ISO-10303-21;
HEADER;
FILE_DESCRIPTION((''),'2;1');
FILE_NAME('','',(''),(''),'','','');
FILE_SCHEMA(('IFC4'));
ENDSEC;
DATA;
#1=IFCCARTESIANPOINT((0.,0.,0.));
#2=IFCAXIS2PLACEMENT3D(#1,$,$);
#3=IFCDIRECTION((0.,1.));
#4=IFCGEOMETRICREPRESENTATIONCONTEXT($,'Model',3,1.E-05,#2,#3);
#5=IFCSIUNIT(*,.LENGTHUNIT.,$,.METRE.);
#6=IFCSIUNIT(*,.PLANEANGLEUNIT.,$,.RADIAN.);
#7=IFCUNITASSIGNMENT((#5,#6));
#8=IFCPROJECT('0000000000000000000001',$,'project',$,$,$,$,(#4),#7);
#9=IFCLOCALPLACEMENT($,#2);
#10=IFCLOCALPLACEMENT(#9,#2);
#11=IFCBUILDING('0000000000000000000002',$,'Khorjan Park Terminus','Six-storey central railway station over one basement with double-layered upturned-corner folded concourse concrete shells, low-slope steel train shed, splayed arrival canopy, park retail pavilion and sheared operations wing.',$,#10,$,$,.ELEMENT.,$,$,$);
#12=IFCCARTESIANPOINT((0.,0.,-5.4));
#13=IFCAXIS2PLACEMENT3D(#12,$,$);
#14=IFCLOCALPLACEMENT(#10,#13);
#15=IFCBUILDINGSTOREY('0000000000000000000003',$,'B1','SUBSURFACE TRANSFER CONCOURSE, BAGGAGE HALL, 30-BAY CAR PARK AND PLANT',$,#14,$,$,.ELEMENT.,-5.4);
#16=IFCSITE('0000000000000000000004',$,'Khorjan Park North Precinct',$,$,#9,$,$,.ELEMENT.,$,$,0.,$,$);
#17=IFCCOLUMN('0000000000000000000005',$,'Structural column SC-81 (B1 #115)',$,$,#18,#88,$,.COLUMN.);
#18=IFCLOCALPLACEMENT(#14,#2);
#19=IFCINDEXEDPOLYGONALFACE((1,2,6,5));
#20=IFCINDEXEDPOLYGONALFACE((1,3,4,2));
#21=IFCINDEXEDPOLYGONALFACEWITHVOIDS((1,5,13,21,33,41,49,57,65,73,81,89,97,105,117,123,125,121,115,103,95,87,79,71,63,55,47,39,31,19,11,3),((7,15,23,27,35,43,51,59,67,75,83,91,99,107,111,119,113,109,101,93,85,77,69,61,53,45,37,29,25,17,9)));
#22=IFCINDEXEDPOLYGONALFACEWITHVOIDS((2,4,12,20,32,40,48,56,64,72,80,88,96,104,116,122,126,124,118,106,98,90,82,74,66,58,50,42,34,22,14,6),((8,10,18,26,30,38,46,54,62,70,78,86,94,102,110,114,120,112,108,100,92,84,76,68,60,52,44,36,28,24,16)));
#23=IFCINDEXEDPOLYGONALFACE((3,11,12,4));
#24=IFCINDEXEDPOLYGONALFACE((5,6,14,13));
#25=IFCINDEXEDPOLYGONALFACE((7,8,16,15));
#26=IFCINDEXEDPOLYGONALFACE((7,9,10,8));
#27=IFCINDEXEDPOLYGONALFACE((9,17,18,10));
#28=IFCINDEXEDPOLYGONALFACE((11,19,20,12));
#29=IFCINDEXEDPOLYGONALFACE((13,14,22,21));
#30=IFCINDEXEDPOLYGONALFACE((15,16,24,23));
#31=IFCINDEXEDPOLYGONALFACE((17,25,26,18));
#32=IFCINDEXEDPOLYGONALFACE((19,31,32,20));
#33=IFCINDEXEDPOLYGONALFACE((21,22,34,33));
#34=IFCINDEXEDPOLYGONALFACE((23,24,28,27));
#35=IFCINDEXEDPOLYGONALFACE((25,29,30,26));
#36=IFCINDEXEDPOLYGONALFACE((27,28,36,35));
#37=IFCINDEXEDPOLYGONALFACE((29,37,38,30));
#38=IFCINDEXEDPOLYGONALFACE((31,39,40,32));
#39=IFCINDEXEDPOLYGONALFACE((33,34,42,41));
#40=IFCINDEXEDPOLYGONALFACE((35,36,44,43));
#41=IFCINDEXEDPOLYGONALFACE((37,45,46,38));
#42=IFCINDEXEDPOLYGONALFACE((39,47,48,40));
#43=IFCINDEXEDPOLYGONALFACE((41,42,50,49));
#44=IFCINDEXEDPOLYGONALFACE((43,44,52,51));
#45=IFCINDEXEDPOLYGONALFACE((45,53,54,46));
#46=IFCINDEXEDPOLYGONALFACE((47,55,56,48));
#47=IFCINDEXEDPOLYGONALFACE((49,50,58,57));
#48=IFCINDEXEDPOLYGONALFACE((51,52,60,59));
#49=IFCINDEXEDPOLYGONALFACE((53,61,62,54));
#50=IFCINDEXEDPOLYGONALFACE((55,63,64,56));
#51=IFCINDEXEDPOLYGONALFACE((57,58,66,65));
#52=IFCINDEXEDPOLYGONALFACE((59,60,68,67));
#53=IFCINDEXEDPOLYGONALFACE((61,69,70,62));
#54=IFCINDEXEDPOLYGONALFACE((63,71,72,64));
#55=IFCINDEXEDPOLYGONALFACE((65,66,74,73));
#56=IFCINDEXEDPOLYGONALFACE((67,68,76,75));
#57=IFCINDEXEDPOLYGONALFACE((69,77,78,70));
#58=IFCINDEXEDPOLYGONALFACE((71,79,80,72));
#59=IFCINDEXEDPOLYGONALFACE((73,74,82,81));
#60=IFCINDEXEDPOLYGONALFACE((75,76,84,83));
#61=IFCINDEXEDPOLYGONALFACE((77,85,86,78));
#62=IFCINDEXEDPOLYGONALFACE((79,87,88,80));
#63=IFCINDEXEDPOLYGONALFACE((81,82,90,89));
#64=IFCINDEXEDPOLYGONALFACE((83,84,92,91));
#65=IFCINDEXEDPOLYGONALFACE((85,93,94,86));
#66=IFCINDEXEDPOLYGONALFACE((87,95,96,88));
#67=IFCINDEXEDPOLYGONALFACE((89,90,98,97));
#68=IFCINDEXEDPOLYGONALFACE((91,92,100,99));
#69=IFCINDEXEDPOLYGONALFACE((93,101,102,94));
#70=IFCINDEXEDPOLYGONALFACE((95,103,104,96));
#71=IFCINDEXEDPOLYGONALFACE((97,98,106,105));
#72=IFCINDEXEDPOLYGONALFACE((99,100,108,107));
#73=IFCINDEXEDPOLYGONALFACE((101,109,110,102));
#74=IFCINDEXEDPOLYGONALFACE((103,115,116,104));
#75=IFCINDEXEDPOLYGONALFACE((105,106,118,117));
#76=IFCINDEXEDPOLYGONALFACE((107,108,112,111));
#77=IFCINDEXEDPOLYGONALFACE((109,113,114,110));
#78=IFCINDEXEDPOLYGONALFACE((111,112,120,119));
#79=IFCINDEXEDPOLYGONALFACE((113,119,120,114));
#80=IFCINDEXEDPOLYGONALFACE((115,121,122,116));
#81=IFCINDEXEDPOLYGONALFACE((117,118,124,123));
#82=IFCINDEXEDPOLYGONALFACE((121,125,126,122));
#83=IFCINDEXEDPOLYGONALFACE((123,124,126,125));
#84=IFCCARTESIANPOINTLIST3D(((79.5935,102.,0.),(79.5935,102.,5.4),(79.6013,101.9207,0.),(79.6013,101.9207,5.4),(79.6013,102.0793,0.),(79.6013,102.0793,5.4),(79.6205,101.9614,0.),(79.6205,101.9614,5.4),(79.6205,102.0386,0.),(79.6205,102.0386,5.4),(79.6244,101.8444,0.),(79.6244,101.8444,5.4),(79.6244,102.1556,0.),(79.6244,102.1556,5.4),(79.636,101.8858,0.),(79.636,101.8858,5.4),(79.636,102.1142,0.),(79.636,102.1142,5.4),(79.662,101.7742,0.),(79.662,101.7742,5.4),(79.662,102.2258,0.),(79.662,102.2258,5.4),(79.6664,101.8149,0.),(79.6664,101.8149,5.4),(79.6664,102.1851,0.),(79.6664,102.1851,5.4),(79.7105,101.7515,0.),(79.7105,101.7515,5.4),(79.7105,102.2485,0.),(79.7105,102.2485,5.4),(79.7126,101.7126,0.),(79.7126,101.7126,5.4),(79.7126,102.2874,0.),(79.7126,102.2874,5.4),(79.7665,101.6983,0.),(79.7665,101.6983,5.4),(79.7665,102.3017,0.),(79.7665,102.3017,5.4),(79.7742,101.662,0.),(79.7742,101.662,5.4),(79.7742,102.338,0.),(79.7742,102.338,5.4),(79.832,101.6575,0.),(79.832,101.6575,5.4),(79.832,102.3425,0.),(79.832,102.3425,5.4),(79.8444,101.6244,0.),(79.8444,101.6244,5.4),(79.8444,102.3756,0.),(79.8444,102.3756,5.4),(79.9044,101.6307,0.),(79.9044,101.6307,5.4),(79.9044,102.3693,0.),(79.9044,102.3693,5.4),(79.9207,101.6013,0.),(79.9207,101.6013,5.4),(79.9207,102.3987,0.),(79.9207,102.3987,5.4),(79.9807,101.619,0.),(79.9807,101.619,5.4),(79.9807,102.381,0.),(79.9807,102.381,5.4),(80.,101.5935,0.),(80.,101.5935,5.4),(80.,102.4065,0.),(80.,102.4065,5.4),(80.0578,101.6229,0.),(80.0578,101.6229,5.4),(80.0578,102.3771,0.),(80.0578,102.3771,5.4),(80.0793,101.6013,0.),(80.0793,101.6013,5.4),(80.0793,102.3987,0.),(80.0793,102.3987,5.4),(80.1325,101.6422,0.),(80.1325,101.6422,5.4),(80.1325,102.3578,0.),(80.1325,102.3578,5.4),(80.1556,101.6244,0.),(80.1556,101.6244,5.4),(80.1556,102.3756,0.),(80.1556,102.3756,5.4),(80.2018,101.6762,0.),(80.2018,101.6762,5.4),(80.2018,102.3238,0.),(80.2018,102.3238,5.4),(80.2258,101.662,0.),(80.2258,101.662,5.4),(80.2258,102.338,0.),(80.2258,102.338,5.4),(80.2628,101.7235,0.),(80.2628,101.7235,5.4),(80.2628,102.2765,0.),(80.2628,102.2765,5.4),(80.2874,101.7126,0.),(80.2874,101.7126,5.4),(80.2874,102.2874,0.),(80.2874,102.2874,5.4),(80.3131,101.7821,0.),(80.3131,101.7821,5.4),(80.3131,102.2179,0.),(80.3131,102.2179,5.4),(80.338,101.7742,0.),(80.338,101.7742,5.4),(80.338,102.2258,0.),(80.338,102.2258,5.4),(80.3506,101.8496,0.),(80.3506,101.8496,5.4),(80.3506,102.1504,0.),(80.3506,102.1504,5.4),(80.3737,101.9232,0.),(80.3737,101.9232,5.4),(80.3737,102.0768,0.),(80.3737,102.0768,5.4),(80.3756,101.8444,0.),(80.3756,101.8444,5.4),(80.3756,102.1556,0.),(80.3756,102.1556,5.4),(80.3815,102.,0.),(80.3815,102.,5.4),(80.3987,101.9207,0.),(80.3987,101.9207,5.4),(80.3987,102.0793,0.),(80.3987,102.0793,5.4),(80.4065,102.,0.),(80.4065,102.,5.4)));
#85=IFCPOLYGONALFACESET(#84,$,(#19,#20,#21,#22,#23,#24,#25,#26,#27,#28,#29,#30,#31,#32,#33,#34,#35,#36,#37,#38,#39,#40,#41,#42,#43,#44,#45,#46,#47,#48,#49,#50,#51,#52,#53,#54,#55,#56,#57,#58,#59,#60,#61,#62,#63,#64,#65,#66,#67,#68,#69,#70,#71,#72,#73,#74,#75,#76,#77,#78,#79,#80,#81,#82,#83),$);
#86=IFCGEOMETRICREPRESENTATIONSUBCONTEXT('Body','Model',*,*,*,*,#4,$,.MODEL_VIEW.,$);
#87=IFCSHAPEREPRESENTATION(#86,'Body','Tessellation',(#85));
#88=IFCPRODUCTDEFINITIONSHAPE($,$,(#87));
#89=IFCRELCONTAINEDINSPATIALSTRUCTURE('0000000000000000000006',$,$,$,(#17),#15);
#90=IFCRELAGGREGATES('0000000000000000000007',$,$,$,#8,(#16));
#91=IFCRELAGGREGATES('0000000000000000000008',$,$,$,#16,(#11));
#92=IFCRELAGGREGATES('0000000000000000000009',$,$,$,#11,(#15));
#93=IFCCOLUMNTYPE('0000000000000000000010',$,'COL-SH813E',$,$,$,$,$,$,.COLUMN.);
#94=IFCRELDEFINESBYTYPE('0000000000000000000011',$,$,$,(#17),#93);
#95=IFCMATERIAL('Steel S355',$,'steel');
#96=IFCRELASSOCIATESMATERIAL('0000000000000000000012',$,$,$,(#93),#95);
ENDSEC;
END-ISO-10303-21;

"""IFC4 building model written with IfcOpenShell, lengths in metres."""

from ifc_helpers import new_model, si_unit, direction, frame, origin, origin_2d, place, context, subcontext, project, spatial, hollow_circle, extrude, material, material_profile, profile_set, type_object, element, save


model = new_model("IFC4")

# Units and contexts
model_context = context("Model", 3, precision=1e-05, world=origin(), true_north=direction((0.0, 1.0)))
body_context = subcontext(model_context, "Body", "Model", "MODEL_VIEW")
ifc_project = project(units=[si_unit("LENGTHUNIT", "METRE"), si_unit("PLANEANGLEUNIT", "RADIAN")], contexts=[model_context])

# Site, building, storey
site_placement = place(None, origin())
site = spatial("IfcSite", under=ifc_project, at=site_placement, Name="Khorjan Park North Precinct", CompositionType="ELEMENT", RefElevation=0.0)
building_placement = place(site_placement, origin())
building = spatial("IfcBuilding", under=site, at=building_placement, Name="Khorjan Park Terminus", Description="Six-storey central railway station over one basement with double-layered upturned-corner folded concourse concrete shells, low-slope steel train shed, splayed arrival canopy, park retail pavilion and sheared operations wing.", CompositionType="ELEMENT")
storey_placement = place(building_placement, frame((0.0, 0.0, -5.4)))
storey = spatial("IfcBuildingStorey", under=building, at=storey_placement, Name="B1", Description="SUBSURFACE TRANSFER CONCOURSE, BAGGAGE HALL, 30-BAY CAR PARK AND PLANT", CompositionType="ELEMENT", Elevation=-5.4)

# Column
ifc_material_1 = material(Name="Steel S355", Category="steel")
ifc_material_profile_1 = material_profile(ifc_material_1, hollow_circle(Radius=0.4065, WallThickness=0.025, at=origin_2d()), Name="CHS 813x25")
ifc_profile_set_1 = profile_set([ifc_material_profile_1], Name="Steel S355")
column_type_1 = type_object("IfcColumnType", Name="COL-SH813E", PredefinedType="COLUMN", material=ifc_profile_set_1)
column_1_placement = place(storey_placement, frame((80.0, 102.0, 0.0), z_axis=(0.0, 0.0, 1.0), x_axis=(1.0, 0.0, 0.0)))
element("IfcColumn", 1, at=column_1_placement, inside=storey, type_object=column_type_1, Name="Structural column SC-81 (B1 #115)", PredefinedType="COLUMN", context=body_context, shape_type="SweptSolid", body=[
    extrude(hollow_circle(Radius=0.4065, WallThickness=0.025, at=origin_2d()), origin(), (0.0, 0.0, 1.0), 5.4),
])

save(model, "model.ifc")
